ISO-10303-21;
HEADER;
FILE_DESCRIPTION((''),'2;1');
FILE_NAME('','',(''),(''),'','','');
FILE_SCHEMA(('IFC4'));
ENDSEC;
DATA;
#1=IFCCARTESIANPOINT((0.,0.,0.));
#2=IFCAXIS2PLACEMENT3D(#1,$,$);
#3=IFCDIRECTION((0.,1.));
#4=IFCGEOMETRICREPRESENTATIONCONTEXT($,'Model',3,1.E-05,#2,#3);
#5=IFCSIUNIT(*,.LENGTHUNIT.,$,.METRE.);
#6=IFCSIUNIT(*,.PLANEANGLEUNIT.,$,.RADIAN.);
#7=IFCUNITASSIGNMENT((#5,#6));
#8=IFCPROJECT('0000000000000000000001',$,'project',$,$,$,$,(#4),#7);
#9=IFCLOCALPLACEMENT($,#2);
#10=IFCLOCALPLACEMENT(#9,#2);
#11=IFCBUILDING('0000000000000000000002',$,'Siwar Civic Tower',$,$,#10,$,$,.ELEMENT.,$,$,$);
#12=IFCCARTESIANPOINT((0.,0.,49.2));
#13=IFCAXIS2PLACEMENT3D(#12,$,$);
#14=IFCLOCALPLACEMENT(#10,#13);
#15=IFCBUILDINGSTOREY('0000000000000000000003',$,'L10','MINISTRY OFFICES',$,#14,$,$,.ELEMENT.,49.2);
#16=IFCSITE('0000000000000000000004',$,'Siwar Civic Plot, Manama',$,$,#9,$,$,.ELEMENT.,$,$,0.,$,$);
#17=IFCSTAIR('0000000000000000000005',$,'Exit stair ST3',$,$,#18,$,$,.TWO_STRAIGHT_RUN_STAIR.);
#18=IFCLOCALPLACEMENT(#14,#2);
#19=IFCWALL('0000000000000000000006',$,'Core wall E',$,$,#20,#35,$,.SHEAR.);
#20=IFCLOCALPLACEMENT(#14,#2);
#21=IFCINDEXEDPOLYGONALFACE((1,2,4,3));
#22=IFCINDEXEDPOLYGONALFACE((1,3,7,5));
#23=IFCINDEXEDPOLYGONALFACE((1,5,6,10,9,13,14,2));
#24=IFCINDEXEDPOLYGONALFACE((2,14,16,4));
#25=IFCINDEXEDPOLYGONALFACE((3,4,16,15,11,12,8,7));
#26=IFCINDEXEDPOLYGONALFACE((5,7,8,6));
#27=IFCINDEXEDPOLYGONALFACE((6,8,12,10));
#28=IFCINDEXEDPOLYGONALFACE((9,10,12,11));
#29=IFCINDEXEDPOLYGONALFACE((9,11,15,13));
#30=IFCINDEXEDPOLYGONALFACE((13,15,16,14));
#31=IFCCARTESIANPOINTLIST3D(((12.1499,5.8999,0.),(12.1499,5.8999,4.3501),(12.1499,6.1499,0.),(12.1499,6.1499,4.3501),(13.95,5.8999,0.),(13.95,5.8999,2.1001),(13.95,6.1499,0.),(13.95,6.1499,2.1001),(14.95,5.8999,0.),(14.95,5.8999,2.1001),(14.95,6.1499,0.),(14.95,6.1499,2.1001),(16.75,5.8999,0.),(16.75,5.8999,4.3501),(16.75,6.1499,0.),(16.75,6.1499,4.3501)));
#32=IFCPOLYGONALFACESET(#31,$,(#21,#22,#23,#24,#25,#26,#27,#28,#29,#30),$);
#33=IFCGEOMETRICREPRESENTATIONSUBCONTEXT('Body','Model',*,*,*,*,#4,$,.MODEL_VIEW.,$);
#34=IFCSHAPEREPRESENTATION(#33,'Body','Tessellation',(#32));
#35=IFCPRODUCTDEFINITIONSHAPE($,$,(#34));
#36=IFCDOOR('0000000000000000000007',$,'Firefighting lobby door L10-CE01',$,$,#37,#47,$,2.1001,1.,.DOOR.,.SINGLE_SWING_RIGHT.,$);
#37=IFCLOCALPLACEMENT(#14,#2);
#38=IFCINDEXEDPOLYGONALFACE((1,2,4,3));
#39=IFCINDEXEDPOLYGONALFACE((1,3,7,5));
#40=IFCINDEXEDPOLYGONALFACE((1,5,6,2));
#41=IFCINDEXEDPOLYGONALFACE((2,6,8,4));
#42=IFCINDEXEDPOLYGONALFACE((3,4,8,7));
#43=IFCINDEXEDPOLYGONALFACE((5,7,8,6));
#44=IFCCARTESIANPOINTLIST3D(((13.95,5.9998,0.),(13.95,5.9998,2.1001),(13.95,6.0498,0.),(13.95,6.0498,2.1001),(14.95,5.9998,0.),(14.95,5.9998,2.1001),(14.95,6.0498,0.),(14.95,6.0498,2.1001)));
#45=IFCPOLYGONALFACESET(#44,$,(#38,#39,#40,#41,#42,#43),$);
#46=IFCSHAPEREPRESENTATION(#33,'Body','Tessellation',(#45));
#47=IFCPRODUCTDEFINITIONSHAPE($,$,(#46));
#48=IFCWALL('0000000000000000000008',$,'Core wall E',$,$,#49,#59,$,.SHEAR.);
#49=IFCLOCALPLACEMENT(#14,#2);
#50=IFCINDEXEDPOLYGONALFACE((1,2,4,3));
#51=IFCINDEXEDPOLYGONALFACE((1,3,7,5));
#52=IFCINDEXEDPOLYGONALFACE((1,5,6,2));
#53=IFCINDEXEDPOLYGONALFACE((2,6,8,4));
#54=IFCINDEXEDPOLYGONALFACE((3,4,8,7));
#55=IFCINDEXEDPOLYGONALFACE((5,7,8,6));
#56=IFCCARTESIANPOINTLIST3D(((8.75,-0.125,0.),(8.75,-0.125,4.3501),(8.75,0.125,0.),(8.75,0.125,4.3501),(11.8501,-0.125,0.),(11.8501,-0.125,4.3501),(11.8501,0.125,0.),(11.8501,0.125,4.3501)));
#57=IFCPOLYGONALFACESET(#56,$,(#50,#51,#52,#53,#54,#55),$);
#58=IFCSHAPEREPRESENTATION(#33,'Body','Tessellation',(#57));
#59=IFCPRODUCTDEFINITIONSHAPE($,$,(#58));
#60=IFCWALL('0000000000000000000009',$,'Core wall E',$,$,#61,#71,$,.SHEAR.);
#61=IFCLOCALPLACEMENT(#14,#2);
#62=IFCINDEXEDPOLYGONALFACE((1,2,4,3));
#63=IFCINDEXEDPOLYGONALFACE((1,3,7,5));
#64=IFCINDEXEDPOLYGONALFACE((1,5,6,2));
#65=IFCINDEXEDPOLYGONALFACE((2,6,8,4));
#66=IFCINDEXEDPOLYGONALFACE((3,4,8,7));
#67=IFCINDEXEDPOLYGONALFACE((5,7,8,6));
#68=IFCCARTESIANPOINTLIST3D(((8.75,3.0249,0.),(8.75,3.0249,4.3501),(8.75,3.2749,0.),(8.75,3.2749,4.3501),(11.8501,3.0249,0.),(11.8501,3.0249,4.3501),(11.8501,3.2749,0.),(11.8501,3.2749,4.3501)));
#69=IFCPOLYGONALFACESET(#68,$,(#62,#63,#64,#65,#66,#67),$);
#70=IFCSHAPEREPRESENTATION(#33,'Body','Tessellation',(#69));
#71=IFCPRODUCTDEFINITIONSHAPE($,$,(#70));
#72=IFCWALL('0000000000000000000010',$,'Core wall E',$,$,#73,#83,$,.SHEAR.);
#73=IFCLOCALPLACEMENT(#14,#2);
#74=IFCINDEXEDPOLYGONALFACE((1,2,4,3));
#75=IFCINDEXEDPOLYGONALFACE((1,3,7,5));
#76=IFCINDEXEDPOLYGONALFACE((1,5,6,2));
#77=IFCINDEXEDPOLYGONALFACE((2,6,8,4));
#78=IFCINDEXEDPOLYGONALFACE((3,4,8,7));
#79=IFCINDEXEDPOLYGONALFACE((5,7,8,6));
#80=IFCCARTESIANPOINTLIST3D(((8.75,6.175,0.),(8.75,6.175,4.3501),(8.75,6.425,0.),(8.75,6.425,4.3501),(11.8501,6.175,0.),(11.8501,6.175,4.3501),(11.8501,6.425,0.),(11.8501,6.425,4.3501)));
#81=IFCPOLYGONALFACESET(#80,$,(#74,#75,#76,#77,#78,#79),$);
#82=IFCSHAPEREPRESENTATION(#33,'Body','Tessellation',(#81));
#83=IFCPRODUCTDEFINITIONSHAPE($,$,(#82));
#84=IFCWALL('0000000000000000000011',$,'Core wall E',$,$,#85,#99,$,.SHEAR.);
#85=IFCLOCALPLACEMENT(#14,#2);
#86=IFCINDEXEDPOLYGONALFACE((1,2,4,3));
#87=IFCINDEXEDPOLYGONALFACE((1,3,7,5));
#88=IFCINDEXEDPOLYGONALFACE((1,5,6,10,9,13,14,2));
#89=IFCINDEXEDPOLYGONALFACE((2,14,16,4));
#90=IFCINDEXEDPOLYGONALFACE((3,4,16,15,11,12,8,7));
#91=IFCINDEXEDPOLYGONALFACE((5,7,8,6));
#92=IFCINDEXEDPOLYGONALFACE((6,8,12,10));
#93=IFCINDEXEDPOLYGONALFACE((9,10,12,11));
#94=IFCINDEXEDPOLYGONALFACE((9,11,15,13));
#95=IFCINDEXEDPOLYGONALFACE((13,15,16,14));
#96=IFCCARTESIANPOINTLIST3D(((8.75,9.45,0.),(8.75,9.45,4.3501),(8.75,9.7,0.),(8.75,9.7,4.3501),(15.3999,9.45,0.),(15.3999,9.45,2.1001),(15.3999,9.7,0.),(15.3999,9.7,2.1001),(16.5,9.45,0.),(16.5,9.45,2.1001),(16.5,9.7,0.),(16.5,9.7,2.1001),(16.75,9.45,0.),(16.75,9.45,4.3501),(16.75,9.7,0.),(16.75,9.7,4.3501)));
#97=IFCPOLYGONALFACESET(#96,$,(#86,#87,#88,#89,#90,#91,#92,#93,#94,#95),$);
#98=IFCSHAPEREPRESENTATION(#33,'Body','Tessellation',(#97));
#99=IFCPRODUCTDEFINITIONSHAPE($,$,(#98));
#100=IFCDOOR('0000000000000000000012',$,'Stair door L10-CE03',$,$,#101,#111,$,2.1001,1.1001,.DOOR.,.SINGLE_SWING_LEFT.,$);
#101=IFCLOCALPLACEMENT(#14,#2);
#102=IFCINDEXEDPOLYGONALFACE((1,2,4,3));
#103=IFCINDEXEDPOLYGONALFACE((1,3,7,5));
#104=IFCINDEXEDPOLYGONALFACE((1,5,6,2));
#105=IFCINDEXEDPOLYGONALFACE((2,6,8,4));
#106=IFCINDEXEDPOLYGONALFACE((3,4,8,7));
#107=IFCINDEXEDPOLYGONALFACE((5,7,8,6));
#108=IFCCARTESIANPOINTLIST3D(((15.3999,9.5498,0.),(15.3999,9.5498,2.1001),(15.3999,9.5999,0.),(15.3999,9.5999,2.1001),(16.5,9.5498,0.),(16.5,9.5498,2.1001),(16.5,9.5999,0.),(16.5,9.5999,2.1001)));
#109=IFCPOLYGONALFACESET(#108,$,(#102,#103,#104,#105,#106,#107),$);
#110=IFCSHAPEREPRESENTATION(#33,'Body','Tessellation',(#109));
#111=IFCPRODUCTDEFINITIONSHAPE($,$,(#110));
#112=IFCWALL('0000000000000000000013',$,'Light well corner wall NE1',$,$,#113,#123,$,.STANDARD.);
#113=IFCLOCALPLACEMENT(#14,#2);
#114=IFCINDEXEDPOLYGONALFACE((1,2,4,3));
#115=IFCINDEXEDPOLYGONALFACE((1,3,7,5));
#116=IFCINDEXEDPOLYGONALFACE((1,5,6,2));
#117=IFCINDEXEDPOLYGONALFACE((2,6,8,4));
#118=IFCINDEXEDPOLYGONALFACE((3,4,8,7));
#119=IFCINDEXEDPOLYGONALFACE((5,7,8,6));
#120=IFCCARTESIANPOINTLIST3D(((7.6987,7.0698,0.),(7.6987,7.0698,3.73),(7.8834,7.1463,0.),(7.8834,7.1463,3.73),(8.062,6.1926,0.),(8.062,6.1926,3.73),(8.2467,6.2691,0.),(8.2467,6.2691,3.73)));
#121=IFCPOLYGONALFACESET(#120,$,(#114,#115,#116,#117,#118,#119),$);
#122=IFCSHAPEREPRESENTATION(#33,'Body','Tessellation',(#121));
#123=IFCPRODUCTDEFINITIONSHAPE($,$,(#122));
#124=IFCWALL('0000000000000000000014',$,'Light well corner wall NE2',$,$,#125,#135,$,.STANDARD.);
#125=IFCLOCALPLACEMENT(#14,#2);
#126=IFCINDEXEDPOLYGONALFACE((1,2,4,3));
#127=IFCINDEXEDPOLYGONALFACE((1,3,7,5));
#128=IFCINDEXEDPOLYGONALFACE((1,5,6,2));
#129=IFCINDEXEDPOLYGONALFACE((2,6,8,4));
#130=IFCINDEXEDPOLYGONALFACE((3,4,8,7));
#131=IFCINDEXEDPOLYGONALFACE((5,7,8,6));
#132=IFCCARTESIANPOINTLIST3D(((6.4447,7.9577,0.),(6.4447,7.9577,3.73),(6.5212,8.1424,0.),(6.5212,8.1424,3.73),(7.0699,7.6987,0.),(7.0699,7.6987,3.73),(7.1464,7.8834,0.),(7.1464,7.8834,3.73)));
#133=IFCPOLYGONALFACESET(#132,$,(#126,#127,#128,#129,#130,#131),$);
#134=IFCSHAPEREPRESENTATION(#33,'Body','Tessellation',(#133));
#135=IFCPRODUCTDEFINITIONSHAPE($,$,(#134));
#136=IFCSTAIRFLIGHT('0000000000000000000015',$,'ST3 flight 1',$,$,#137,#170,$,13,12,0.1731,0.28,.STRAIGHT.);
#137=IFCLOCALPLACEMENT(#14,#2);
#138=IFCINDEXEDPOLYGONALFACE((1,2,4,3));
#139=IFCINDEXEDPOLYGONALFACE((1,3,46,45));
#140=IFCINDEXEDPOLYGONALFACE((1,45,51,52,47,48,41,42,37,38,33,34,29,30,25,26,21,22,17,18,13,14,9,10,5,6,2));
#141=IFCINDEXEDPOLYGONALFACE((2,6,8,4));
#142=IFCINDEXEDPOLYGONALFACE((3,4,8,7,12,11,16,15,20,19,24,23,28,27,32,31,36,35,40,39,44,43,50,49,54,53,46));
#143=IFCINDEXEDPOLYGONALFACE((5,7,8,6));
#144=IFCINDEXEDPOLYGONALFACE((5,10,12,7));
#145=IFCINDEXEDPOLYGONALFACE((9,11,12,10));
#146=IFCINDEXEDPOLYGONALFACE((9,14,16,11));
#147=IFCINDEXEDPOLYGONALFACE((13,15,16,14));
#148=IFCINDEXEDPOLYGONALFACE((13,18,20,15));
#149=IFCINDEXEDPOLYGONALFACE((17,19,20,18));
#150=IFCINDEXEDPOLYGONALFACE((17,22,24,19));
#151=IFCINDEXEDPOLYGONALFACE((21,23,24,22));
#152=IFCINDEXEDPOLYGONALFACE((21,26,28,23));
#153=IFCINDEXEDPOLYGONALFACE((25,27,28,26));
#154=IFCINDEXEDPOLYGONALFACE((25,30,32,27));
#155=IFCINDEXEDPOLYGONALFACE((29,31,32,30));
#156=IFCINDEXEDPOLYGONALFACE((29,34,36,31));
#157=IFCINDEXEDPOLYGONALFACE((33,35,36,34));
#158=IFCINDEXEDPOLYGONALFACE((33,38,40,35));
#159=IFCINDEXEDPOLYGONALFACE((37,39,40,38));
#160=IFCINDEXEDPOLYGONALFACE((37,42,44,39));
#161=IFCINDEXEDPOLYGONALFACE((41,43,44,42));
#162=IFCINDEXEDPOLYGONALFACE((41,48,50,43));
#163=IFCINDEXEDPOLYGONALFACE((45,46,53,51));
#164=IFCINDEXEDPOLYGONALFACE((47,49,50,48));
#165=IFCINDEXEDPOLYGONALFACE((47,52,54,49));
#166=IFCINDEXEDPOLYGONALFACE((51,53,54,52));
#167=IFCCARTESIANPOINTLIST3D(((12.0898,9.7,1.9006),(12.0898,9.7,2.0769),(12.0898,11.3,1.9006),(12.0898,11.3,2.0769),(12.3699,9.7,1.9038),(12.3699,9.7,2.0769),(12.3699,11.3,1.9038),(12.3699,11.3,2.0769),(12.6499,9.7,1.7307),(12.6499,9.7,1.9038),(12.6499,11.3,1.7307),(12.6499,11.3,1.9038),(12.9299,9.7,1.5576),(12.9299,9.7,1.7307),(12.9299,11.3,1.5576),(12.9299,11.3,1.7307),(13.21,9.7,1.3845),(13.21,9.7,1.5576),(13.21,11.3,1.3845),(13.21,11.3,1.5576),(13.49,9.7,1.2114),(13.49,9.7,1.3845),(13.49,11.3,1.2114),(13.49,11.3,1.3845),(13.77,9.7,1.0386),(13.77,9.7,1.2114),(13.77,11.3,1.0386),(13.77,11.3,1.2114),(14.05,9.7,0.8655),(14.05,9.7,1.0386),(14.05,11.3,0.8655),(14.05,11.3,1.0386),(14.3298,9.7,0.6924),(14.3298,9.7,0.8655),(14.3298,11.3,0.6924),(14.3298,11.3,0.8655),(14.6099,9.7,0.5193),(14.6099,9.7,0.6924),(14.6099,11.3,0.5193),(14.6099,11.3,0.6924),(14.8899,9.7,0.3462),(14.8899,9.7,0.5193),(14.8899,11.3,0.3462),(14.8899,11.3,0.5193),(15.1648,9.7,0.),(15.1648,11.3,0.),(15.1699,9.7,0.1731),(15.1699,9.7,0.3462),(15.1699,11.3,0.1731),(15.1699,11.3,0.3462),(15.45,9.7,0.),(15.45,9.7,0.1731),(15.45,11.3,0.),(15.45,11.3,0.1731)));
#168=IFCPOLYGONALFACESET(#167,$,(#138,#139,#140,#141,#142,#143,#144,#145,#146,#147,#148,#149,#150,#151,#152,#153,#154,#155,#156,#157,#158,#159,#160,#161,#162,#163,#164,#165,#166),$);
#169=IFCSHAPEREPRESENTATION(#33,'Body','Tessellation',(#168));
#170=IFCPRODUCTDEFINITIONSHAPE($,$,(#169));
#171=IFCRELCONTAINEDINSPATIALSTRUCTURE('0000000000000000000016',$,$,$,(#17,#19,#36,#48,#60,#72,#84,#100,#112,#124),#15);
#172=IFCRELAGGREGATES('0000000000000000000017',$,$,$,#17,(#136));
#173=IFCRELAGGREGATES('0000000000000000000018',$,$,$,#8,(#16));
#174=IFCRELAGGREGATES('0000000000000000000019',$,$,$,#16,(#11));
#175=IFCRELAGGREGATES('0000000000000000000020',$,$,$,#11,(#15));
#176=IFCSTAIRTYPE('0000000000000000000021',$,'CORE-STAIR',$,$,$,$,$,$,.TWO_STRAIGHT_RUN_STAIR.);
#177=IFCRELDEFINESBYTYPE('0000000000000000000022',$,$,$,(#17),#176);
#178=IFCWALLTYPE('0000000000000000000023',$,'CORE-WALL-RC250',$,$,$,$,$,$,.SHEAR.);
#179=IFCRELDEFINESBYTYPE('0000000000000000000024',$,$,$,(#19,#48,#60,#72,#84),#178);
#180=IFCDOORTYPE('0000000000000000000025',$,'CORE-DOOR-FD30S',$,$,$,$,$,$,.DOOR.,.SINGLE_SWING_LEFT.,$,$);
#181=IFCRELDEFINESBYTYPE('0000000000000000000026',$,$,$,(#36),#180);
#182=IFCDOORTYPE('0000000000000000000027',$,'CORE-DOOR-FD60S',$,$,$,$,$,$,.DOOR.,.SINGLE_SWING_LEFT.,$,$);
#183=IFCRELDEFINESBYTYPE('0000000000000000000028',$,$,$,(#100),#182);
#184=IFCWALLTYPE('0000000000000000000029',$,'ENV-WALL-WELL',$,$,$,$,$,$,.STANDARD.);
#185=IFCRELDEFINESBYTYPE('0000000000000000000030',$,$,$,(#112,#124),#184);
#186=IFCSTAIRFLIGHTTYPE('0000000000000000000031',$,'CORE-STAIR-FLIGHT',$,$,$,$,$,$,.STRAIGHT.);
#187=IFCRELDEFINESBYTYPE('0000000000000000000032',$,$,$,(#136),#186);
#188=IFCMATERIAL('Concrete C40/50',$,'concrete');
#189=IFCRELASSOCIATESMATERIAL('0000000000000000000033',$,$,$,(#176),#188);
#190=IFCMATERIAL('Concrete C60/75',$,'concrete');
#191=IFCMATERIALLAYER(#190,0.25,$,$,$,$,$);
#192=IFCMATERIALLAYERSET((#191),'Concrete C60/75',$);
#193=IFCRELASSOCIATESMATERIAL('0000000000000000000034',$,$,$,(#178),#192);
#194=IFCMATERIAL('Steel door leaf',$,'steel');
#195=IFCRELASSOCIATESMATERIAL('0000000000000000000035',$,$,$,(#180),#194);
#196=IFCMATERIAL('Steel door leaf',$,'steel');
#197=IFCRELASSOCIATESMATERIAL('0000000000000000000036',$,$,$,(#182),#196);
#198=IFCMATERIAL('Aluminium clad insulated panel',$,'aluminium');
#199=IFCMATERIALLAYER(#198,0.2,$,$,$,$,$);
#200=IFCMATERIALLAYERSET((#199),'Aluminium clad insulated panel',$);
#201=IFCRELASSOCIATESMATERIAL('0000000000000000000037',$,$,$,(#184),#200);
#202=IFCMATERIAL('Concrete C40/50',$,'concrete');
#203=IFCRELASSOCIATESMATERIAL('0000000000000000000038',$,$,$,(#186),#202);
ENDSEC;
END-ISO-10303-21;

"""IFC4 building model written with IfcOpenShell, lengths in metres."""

from ifc_helpers import new_model, si_unit, direction, frame, frame_2d, origin, place, context, subcontext, project, spatial, polyline, rectangle, outline, extrude, material, layer, layer_set, type_object, element, fill, aggregate, save


model = new_model("IFC4")

# Units and contexts
model_context = context("Model", 3, precision=1e-05, world=origin(), true_north=direction((0.0, 1.0)))
body_context = subcontext(model_context, "Body", "Model", "MODEL_VIEW")
ifc_project = project(units=[si_unit("LENGTHUNIT", "METRE"), si_unit("PLANEANGLEUNIT", "RADIAN")], contexts=[model_context])

# Site, building, storey
site_placement = place(None, origin())
site = spatial("IfcSite", under=ifc_project, at=site_placement, Name="Siwar Civic Plot, Manama", CompositionType="ELEMENT", RefElevation=0.0)
building_placement = place(site_placement, origin())
building = spatial("IfcBuilding", under=site, at=building_placement, Name="Siwar Civic Tower", CompositionType="ELEMENT")
storey_placement = place(building_placement, frame((0.0, 0.0, 49.2)))
storey = spatial("IfcBuildingStorey", under=building, at=storey_placement, Name="L10", Description="MINISTRY OFFICES", CompositionType="ELEMENT", Elevation=49.2)

# Stair
ifc_material_1 = material(Name="Concrete C40/50", Category="concrete")
stair_type = type_object("IfcStairType", Name="CORE-STAIR", PredefinedType="TWO_STRAIGHT_RUN_STAIR", material=ifc_material_1)
stair_1_placement = place(storey_placement, origin())
stair_1 = element("IfcStair", 1, at=stair_1_placement, inside=storey, type_object=stair_type, Name="Exit stair ST3", PredefinedType="TWO_STRAIGHT_RUN_STAIR")

# Wall, opening, door
ifc_material_2 = material(Name="Concrete C60/75", Category="concrete")
ifc_layer_1 = layer(ifc_material_2, 0.25)
ifc_layer_set_1 = layer_set([ifc_layer_1], Name="Concrete C60/75")
wall_type_1 = type_object("IfcWallType", Name="CORE-WALL-RC250", PredefinedType="SHEAR", material=ifc_layer_set_1)
wall_1_placement = place(storey_placement, frame((12.1499, 6.0249, 0.0), z_axis=(0.0, 0.0, 1.0), x_axis=(1.0, 0.0, 0.0)))
wall_1 = element("IfcWall", 2, at=wall_1_placement, inside=storey, type_object=wall_type_1, Name="Core wall E", PredefinedType="SHEAR", context=body_context, shape_type="SweptSolid", body=[
    extrude(rectangle(XDim=4.6001, YDim=0.25, at=frame_2d((2.3, 0.0))), origin(), (0.0, 0.0, 1.0), 4.3501),
])
opening_1_placement = place(wall_1_placement, frame((1.8, 0.0, 0.0)))
opening_1 = element("IfcOpeningElement", 3, at=opening_1_placement, cuts=wall_1, PredefinedType="OPENING", context=body_context, shape_type="SweptSolid", body=[
    extrude(rectangle(XDim=1.0, YDim=2.1001, at=frame_2d((0.5, 1.05))), frame((0.0, 0.135, 0.0), z_axis=(0.0, -1.0, 0.0), x_axis=(1.0, 0.0, 0.0)), (0.0, 0.0, 1.0), 0.27),
])
ifc_material_3 = material(Name="Steel door leaf", Category="steel")
door_type_1 = type_object("IfcDoorType", Name="CORE-DOOR-FD30S", OperationType="SINGLE_SWING_LEFT", PredefinedType="DOOR", material=ifc_material_3)
door_1_placement = place(opening_1_placement, origin())
door_1 = element("IfcDoor", 4, at=door_1_placement, inside=storey, type_object=door_type_1, Name="Firefighting lobby door L10-CE01", OperationType="SINGLE_SWING_RIGHT", OverallHeight=2.1001, OverallWidth=1.0, PredefinedType="DOOR", context=body_context, shape_type="SweptSolid", body=[
    extrude(rectangle(XDim=1.0, YDim=2.1001, at=frame_2d((0.5, 1.05))), frame((0.0, 0.0249, 0.0), z_axis=(0.0, -1.0, 0.0), x_axis=(1.0, 0.0, 0.0)), (0.0, 0.0, 1.0), 0.05),
])
fill(opening_1, door_1)

# Walls
for number, where, z_axis, x_axis, name in (
    (5, (8.75, 0.0, 0.0), (0.0, 0.0, 1.0), (1.0, 0.0, 0.0), "Core wall E"),
    (6, (8.75, 3.1499, 0.0), (0.0, 0.0, 1.0), (1.0, 0.0, 0.0), "Core wall E"),
    (7, (8.75, 6.3, 0.0), (0.0, 0.0, 1.0), (1.0, 0.0, 0.0), "Core wall E"),
):
    element("IfcWall", number, at=place(storey_placement, frame(where, z_axis=z_axis, x_axis=x_axis)), inside=storey, type_object=wall_type_1, Name=name, PredefinedType="SHEAR", context=body_context, shape_type="SweptSolid", body=[
        extrude(rectangle(XDim=3.1001, YDim=0.25, at=frame_2d((1.55, 0.0))), origin(), (0.0, 0.0, 1.0), 4.3501),
    ])

# Wall, opening, door
wall_2_placement = place(storey_placement, frame((8.75, 9.575, 0.0), z_axis=(0.0, 0.0, 1.0), x_axis=(1.0, 0.0, 0.0)))
wall_2 = element("IfcWall", 8, at=wall_2_placement, inside=storey, type_object=wall_type_1, Name="Core wall E", PredefinedType="SHEAR", context=body_context, shape_type="SweptSolid", body=[
    extrude(rectangle(XDim=8.0, YDim=0.25, at=frame_2d((4.0, 0.0))), origin(), (0.0, 0.0, 1.0), 4.3501),
])
opening_2_placement = place(wall_2_placement, frame((6.6499, 0.0, 0.0)))
opening_2 = element("IfcOpeningElement", 9, at=opening_2_placement, cuts=wall_2, PredefinedType="OPENING", context=body_context, shape_type="SweptSolid", body=[
    extrude(rectangle(XDim=1.1001, YDim=2.1001, at=frame_2d((0.55, 1.05))), frame((0.0, 0.135, 0.0), z_axis=(0.0, -1.0, 0.0), x_axis=(1.0, 0.0, 0.0)), (0.0, 0.0, 1.0), 0.27),
])
ifc_material_4 = material(Name="Steel door leaf", Category="steel")
door_type_2 = type_object("IfcDoorType", Name="CORE-DOOR-FD60S", OperationType="SINGLE_SWING_LEFT", PredefinedType="DOOR", material=ifc_material_4)
door_2_placement = place(opening_2_placement, origin())
door_2 = element("IfcDoor", 10, at=door_2_placement, inside=storey, type_object=door_type_2, Name="Stair door L10-CE03", OperationType="SINGLE_SWING_LEFT", OverallHeight=2.1001, OverallWidth=1.1001, PredefinedType="DOOR", context=body_context, shape_type="SweptSolid", body=[
    extrude(rectangle(XDim=1.1001, YDim=2.1001, at=frame_2d((0.55, 1.05))), frame((0.0, 0.0249, 0.0), z_axis=(0.0, -1.0, 0.0), x_axis=(1.0, 0.0, 0.0)), (0.0, 0.0, 1.0), 0.05),
])
fill(opening_2, door_2)

# Walls
ifc_material_5 = material(Name="Aluminium clad insulated panel", Category="aluminium")
ifc_layer_2 = layer(ifc_material_5, 0.2)
ifc_layer_set_2 = layer_set([ifc_layer_2], Name="Aluminium clad insulated panel")
wall_type_2 = type_object("IfcWallType", Name="ENV-WALL-WELL", PredefinedType="STANDARD", material=ifc_layer_set_2)
wall_3_placement = place(storey_placement, frame((8.1543, 6.231, 0.0), z_axis=(0.0, 0.0, 1.0), x_axis=(-0.382624, 0.923904, 0.0)))
element("IfcWall", 11, at=wall_3_placement, inside=storey, type_object=wall_type_2, Name="Light well corner wall NE1", PredefinedType="STANDARD", context=body_context, shape_type="SweptSolid", body=[
    extrude(rectangle(XDim=0.9495, YDim=0.2, at=frame_2d((0.4746, 0.0))), origin(), (0.0, 0.0, 1.0), 3.73),
])
wall_4_placement = place(storey_placement, frame((7.1082, 7.791, 0.0), z_axis=(0.0, 0.0, 1.0), x_axis=(-0.923854, 0.382745, 0.0)))
element("IfcWall", 12, at=wall_4_placement, inside=storey, type_object=wall_type_2, Name="Light well corner wall NE2", PredefinedType="STANDARD", context=body_context, shape_type="SweptSolid", body=[
    extrude(rectangle(XDim=0.6768, YDim=0.2, at=frame_2d((0.3384, 0.0))), origin(), (0.0, 0.0, 1.0), 3.73),
])

# Stair flight
ifc_material_6 = material(Name="Concrete C40/50", Category="concrete")
stair_flight_type = type_object("IfcStairFlightType", Name="CORE-STAIR-FLIGHT", PredefinedType="STRAIGHT", material=ifc_material_6)
stair_flight_1_placement = place(storey_placement, frame((15.45, 10.5, 0.0), z_axis=(0.0, 0.0, 1.0), x_axis=(-1.0, 0.0, 0.0)))
stair_flight_1 = element("IfcStairFlight", 13, at=stair_flight_1_placement, type_object=stair_flight_type, Name="ST3 flight 1", NumberOfRisers=13, NumberOfTreads=12, PredefinedType="STRAIGHT", RiserHeight=0.1731, TreadLength=0.28, context=body_context, shape_type="SweptSolid", body=[
    extrude(outline(polyline([(0.0, 0.0), (0.0, 0.1731), (0.28, 0.1731), (0.28, 0.3462), (0.5601, 0.3462), (0.5601, 0.5193), (0.8401, 0.5193), (0.8401, 0.6924), (1.1201, 0.6924), (1.1201, 0.8655), (1.3999, 0.8655), (1.3999, 1.0386), (1.6799, 1.0386), (1.6799, 1.2114), (1.96, 1.2114), (1.96, 1.3845), (2.24, 1.3845), (2.24, 1.5576), (2.52, 1.5576), (2.52, 1.7307), (2.8, 1.7307), (2.8, 1.9038), (3.0801, 1.9038), (3.0801, 2.0769), (3.3601, 2.0769), (3.3601, 2.25), (3.3601, 1.9006), (0.2852, 0.0), (0.0, 0.0)])), frame((0.0, 0.8, 0.0), z_axis=(0.0, -1.0, 0.0), x_axis=(1.0, 0.0, 0.0)), (0.0, 0.0, 1.0), 1.6001),
])
aggregate(stair_1, [stair_flight_1])

save(model, "model.ifc")
